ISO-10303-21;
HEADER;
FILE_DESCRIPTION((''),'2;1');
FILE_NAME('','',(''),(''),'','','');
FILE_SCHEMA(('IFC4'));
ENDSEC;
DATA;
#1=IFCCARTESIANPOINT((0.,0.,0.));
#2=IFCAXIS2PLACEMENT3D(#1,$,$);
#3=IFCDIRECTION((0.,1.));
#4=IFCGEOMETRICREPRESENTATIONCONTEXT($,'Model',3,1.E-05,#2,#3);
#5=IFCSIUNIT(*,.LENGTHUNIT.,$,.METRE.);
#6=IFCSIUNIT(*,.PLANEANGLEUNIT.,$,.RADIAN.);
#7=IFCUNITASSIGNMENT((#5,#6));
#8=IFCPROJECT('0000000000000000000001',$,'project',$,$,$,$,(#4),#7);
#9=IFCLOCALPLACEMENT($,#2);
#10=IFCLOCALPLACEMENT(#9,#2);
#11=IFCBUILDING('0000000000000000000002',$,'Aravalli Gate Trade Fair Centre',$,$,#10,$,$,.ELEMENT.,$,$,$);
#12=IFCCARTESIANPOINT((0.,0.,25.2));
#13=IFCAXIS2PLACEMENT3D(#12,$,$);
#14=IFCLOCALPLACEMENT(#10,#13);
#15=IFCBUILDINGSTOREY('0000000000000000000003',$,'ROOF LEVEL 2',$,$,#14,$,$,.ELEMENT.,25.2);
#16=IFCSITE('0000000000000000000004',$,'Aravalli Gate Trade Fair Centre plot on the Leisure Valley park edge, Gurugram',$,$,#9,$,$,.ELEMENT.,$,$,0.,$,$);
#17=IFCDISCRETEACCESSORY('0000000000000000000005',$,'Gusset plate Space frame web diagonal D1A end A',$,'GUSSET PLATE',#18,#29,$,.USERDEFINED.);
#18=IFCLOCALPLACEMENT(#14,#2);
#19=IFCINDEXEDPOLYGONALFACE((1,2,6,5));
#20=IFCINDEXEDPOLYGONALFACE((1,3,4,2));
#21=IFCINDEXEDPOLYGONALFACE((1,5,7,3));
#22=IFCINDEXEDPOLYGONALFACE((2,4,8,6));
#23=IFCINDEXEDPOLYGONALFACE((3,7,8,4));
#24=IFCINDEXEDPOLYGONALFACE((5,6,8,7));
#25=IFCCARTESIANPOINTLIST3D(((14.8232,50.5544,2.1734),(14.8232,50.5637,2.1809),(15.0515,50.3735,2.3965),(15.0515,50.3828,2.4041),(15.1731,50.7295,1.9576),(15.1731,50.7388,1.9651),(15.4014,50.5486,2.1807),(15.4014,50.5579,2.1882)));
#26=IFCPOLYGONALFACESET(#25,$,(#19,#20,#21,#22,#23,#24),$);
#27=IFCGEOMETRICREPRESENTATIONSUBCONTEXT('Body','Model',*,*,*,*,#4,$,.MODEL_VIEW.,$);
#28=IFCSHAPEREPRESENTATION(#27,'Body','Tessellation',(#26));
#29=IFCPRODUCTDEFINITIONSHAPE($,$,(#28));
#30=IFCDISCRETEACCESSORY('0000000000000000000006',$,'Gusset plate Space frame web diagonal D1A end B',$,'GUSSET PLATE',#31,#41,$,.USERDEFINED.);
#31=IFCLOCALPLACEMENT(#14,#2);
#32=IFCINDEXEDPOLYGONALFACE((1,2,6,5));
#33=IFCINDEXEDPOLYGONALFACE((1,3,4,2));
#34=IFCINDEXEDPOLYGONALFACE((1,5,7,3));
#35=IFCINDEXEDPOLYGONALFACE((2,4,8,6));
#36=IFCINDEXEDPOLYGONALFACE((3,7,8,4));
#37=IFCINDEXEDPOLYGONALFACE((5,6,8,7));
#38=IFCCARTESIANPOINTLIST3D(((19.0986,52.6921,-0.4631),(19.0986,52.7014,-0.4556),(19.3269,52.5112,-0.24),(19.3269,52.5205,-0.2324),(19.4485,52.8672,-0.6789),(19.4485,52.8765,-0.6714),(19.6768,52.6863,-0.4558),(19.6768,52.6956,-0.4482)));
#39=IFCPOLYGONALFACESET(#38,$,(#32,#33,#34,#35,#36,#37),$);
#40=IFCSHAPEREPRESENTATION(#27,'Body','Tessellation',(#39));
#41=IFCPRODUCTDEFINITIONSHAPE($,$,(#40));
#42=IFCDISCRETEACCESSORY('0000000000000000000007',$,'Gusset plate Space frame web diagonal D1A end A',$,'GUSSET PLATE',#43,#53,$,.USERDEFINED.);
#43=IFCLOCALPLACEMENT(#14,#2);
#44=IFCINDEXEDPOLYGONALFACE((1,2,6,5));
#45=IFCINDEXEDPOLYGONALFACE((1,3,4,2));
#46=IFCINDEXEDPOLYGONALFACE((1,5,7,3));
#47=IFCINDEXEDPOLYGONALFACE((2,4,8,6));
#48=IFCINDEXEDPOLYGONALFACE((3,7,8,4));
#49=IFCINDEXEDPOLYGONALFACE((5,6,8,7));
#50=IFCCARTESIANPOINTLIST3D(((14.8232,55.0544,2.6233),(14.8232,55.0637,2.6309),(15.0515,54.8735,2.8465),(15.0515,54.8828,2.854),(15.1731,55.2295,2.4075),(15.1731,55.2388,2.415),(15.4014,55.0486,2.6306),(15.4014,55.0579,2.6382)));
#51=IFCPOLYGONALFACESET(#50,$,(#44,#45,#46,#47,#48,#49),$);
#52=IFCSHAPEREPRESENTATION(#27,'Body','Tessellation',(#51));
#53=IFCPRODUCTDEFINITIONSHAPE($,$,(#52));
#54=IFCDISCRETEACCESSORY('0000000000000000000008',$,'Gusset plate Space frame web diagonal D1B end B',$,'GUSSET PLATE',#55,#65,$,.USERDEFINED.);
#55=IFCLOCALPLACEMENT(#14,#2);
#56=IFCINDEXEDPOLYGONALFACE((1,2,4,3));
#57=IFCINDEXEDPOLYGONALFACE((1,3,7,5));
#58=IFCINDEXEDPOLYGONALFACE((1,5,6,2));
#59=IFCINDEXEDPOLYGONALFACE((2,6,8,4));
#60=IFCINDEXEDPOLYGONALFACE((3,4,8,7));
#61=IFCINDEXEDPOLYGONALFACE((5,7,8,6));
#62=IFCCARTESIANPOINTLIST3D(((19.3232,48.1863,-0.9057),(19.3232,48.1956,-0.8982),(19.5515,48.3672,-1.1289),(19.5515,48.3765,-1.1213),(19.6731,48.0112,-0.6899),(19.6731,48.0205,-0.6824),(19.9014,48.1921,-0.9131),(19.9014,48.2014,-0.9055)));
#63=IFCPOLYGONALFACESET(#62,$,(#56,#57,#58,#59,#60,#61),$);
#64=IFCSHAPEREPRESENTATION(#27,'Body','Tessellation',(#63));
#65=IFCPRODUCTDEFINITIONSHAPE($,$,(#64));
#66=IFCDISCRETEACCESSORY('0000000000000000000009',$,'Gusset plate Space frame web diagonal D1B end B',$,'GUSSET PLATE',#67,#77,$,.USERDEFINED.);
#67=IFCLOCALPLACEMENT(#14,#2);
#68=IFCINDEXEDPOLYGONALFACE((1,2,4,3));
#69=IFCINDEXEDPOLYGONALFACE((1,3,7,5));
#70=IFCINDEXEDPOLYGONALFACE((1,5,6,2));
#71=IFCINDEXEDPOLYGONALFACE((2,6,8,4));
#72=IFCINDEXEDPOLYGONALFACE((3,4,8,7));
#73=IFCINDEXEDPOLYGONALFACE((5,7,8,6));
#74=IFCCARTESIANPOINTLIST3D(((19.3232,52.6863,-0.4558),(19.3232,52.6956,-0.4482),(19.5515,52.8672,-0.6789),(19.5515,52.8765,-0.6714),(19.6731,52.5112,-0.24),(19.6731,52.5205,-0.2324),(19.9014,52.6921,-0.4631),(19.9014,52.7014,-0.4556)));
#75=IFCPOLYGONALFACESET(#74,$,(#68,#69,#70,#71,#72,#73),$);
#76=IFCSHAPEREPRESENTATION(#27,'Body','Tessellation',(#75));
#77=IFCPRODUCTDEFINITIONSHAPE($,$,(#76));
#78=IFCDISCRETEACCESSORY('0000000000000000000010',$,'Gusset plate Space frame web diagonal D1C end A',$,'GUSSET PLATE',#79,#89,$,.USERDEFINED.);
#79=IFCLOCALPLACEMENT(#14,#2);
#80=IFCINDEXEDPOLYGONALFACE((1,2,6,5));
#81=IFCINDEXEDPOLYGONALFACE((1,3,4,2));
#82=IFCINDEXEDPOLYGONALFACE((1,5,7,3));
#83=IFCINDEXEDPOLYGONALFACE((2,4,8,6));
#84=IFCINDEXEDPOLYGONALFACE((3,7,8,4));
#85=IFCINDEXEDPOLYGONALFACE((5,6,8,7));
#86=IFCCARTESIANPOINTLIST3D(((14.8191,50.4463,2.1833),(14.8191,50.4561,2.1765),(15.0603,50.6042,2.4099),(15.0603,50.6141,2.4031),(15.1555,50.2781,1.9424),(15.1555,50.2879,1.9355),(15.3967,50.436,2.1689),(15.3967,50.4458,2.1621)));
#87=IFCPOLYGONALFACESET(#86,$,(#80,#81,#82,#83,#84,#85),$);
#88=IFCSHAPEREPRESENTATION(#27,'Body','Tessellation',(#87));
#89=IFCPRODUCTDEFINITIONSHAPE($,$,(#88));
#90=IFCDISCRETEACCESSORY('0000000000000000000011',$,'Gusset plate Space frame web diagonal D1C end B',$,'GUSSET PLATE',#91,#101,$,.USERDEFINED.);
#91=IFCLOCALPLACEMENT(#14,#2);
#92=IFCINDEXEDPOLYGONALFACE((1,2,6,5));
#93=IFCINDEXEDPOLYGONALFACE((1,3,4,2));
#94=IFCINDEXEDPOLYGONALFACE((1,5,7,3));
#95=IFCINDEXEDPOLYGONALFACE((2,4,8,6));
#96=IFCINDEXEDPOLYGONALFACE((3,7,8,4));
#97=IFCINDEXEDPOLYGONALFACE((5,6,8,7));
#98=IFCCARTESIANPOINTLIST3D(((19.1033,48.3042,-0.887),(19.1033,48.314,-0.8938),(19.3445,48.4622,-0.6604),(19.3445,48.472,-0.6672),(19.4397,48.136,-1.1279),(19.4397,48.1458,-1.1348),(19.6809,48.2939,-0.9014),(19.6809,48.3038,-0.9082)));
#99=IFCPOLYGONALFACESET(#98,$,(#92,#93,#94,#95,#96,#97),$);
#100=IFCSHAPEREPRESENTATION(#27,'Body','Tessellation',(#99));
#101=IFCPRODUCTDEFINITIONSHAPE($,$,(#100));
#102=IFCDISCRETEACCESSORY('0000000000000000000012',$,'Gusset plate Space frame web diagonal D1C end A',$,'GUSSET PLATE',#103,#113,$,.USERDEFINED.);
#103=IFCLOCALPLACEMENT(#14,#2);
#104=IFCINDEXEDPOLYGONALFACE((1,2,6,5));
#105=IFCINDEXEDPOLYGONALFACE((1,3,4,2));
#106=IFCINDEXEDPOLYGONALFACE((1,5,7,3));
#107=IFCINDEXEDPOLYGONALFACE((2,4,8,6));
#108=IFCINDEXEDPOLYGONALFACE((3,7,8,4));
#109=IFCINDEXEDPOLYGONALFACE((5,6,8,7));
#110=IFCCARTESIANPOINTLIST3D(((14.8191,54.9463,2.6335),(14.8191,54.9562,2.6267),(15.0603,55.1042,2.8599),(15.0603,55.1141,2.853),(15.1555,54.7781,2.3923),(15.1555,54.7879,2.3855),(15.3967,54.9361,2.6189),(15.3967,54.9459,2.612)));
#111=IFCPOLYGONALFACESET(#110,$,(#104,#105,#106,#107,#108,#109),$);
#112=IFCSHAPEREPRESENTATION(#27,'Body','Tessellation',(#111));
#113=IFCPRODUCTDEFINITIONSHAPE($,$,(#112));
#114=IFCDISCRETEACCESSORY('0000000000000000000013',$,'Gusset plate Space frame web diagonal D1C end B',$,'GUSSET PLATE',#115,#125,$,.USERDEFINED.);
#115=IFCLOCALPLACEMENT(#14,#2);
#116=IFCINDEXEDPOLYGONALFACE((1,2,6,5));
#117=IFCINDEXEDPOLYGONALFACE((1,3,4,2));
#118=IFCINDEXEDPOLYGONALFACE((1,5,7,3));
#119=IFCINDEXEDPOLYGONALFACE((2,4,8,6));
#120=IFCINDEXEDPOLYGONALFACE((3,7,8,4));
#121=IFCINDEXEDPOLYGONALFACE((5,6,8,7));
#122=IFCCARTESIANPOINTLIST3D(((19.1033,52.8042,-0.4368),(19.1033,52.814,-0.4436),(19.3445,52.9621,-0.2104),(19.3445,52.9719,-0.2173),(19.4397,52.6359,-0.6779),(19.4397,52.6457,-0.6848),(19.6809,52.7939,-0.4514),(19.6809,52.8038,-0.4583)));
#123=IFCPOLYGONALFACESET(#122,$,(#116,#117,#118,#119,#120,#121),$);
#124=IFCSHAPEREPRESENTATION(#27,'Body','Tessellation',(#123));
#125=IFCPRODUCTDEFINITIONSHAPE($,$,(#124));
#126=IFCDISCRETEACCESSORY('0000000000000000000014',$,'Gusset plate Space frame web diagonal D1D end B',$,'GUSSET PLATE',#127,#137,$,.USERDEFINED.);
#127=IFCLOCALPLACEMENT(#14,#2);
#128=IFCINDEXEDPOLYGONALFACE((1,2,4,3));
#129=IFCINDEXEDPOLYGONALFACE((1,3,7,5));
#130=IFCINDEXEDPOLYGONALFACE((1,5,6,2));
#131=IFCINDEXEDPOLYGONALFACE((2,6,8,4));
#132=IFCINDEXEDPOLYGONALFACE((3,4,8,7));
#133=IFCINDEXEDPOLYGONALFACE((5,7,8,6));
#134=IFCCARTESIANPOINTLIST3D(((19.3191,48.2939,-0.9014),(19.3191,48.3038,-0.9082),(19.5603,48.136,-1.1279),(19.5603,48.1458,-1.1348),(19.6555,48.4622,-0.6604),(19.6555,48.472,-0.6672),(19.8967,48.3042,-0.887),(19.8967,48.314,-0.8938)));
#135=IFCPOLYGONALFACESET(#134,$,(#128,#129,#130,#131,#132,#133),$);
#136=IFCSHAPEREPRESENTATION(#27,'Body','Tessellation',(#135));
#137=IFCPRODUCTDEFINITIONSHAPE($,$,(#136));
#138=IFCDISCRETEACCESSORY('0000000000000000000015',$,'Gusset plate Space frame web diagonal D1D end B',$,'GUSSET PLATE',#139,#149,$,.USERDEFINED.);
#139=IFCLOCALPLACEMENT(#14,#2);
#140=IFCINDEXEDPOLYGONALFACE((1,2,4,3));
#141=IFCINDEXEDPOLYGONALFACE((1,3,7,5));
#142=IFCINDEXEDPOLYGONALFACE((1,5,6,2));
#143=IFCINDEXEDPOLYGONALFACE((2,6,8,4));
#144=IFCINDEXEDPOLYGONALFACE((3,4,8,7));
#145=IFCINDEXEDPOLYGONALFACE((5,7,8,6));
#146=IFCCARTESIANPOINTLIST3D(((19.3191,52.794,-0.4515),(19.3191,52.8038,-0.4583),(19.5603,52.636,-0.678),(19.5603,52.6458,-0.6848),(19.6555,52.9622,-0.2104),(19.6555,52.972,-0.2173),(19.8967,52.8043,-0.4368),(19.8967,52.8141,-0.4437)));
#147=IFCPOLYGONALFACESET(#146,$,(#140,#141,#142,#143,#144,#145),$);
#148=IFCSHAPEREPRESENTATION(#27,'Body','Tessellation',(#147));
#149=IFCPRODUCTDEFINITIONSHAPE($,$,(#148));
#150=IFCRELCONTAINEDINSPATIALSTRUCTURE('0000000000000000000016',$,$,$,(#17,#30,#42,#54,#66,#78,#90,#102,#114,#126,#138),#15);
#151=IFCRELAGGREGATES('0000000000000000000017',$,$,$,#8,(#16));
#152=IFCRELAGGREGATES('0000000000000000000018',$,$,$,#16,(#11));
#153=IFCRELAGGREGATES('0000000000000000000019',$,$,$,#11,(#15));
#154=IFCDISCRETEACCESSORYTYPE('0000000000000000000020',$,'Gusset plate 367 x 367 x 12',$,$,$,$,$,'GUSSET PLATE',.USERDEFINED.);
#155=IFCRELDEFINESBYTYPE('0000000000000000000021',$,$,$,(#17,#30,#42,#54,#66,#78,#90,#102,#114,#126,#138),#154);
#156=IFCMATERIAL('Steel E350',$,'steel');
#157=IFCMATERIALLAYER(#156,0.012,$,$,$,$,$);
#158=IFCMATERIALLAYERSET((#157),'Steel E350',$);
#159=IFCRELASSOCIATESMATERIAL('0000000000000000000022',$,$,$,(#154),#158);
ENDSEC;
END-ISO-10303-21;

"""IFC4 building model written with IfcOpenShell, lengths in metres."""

from ifc_helpers import new_model, si_unit, direction, frame, origin, place, context, subcontext, project, spatial, polyline, outline, extrude, material, layer, layer_set, type_object, element, save


model = new_model("IFC4")

# Units and contexts
model_context = context("Model", 3, precision=1e-05, world=origin(), true_north=direction((0.0, 1.0)))
body_context = subcontext(model_context, "Body", "Model", "MODEL_VIEW")
ifc_project = project(units=[si_unit("LENGTHUNIT", "METRE"), si_unit("PLANEANGLEUNIT", "RADIAN")], contexts=[model_context])

# Site, building, storey
site_placement = place(None, origin())
site = spatial("IfcSite", under=ifc_project, at=site_placement, Name="Aravalli Gate Trade Fair Centre plot on the Leisure Valley park edge, Gurugram", CompositionType="ELEMENT", RefElevation=0.0)
building_placement = place(site_placement, origin())
building = spatial("IfcBuilding", under=site, at=building_placement, Name="Aravalli Gate Trade Fair Centre", CompositionType="ELEMENT")
storey_placement = place(building_placement, frame((0.0, 0.0, 25.2)))
storey = spatial("IfcBuildingStorey", under=building, at=storey_placement, Name="ROOF LEVEL 2", CompositionType="ELEMENT", Elevation=25.2)

# Shared definitions
ifc_material = material(Name="Steel E350", Category="steel")

# Discrete accessories
ifc_layer = layer(ifc_material, 0.012)
ifc_layer_set = layer_set([ifc_layer], Name="Steel E350")
discrete_accessory_type = type_object("IfcDiscreteAccessoryType", Name="Gusset plate 367 x 367 x 12", ElementType="GUSSET PLATE", PredefinedType="USERDEFINED", material=ifc_layer_set)
discrete_accessory_1_placement = place(storey_placement, frame((15.1731, 50.7388, 1.9651), z_axis=(-0.000107, 0.776736, 0.629826), x_axis=(-0.783044, -0.391795, 0.48305)))
element("IfcDiscreteAccessory", 1, at=discrete_accessory_1_placement, inside=storey, type_object=discrete_accessory_type, Name="Gusset plate Space frame web diagonal D1A end A", ObjectType="GUSSET PLATE", PredefinedType="USERDEFINED", context=body_context, shape_type="SweptSolid", body=[
    extrude(outline(polyline([(0.0, 0.0), (0.4468, 0.0), (0.4467, 0.3669), (-0.0001, 0.3669), (0.0, 0.0)])), origin(), (0.0, 0.0, -1.0), 0.012),
])
discrete_accessory_2_placement = place(storey_placement, frame((19.0986, 52.7014, -0.4556), z_axis=(-0.000107, 0.776736, 0.629826), x_axis=(0.783044, 0.391795, -0.48305)))
element("IfcDiscreteAccessory", 2, at=discrete_accessory_2_placement, inside=storey, type_object=discrete_accessory_type, Name="Gusset plate Space frame web diagonal D1A end B", ObjectType="GUSSET PLATE", PredefinedType="USERDEFINED", context=body_context, shape_type="SweptSolid", body=[
    extrude(outline(polyline([(0.0, 0.0), (0.4468, 0.0), (0.4469, -0.3669), (0.0001, -0.3669), (0.0, 0.0)])), origin(), (0.0, 0.0, -1.0), 0.012),
])
discrete_accessory_3_placement = place(storey_placement, frame((15.1731, 55.2388, 2.415), z_axis=(-0.000107, 0.776736, 0.629826), x_axis=(-0.783044, -0.391795, 0.48305)))
element("IfcDiscreteAccessory", 3, at=discrete_accessory_3_placement, inside=storey, type_object=discrete_accessory_type, Name="Gusset plate Space frame web diagonal D1A end A", ObjectType="GUSSET PLATE", PredefinedType="USERDEFINED", context=body_context, shape_type="SweptSolid", body=[
    extrude(outline(polyline([(0.0, 0.0), (0.4468, 0.0), (0.4467, 0.3669), (-0.0001, 0.3669), (0.0, 0.0)])), origin(), (0.0, 0.0, -1.0), 0.012),
])
for number, where, z_axis, x_axis, name in (
    (4, (19.6731, 48.0205, -0.6824), (0.000107, 0.776736, 0.629826), (-0.783044, 0.391795, -0.48305), "Gusset plate Space frame web diagonal D1B end B"),
    (5, (19.6731, 52.5205, -0.2324), (0.000107, 0.776736, 0.629826), (-0.783044, 0.391795, -0.48305), "Gusset plate Space frame web diagonal D1B end B"),
):
    element("IfcDiscreteAccessory", number, at=place(storey_placement, frame(where, z_axis=z_axis, x_axis=x_axis)), inside=storey, type_object=discrete_accessory_type, Name=name, ObjectType="GUSSET PLATE", PredefinedType="USERDEFINED", context=body_context, shape_type="SweptSolid", body=[
        extrude(outline(polyline([(0.0, 0.0), (0.4468, 0.0), (0.4467, -0.3669), (-0.0001, -0.3669), (0.0, 0.0)])), origin(), (0.0, 0.0, -1.0), 0.012),
    ])
discrete_accessory_4_placement = place(storey_placement, frame((15.1555, 50.2781, 1.9424), z_axis=(-0.000292, -0.820164, 0.572128), x_axis=(-0.753132, 0.376566, 0.539435)))
element("IfcDiscreteAccessory", 6, at=discrete_accessory_4_placement, inside=storey, type_object=discrete_accessory_type, Name="Gusset plate Space frame web diagonal D1C end A", ObjectType="GUSSET PLATE", PredefinedType="USERDEFINED", context=body_context, shape_type="SweptSolid", body=[
    extrude(outline(polyline([(0.0, 0.0), (0.4467, 0.0), (0.4467, -0.3667), (0.0, -0.3667), (0.0, 0.0)])), origin(), (0.0, 0.0, -1.0), 0.012),
])
discrete_accessory_5_placement = place(storey_placement, frame((19.1033, 48.3042, -0.887), z_axis=(-0.000292, -0.820164, 0.572128), x_axis=(0.753132, -0.376566, -0.539435)))
element("IfcDiscreteAccessory", 7, at=discrete_accessory_5_placement, inside=storey, type_object=discrete_accessory_type, Name="Gusset plate Space frame web diagonal D1C end B", ObjectType="GUSSET PLATE", PredefinedType="USERDEFINED", context=body_context, shape_type="SweptSolid", body=[
    extrude(outline(polyline([(0.0, 0.0), (0.4467, 0.0), (0.4467, 0.3667), (0.0, 0.3667), (0.0, 0.0)])), origin(), (0.0, 0.0, -1.0), 0.012),
])
discrete_accessory_6_placement = place(storey_placement, frame((15.1555, 54.7781, 2.3923), z_axis=(-0.000049, -0.820141, 0.572161), x_axis=(-0.75291, 0.376583, 0.539733)))
element("IfcDiscreteAccessory", 8, at=discrete_accessory_6_placement, inside=storey, type_object=discrete_accessory_type, Name="Gusset plate Space frame web diagonal D1C end A", ObjectType="GUSSET PLATE", PredefinedType="USERDEFINED", context=body_context, shape_type="SweptSolid", body=[
    extrude(outline(polyline([(0.0, 0.0), (0.4468, 0.0), (0.4469, -0.3665), (0.0002, -0.3667), (0.0, 0.0)])), origin(), (0.0, 0.0, -1.0), 0.012),
])
discrete_accessory_7_placement = place(storey_placement, frame((19.1033, 52.8042, -0.4368), z_axis=(-0.000049, -0.820141, 0.572161), x_axis=(0.75291, -0.376583, -0.539733)))
element("IfcDiscreteAccessory", 9, at=discrete_accessory_7_placement, inside=storey, type_object=discrete_accessory_type, Name="Gusset plate Space frame web diagonal D1C end B", ObjectType="GUSSET PLATE", PredefinedType="USERDEFINED", context=body_context, shape_type="SweptSolid", body=[
    extrude(outline(polyline([(0.0, 0.0), (0.4468, 0.0), (0.4467, 0.3667), (0.0, 0.3665), (0.0, 0.0)])), origin(), (0.0, 0.0, -1.0), 0.012),
])
discrete_accessory_8_placement = place(storey_placement, frame((19.6555, 48.4622, -0.6604), z_axis=(0.000292, -0.820164, 0.572128), x_axis=(-0.753132, -0.376566, -0.539435)))
element("IfcDiscreteAccessory", 10, at=discrete_accessory_8_placement, inside=storey, type_object=discrete_accessory_type, Name="Gusset plate Space frame web diagonal D1D end B", ObjectType="GUSSET PLATE", PredefinedType="USERDEFINED", context=body_context, shape_type="SweptSolid", body=[
    extrude(outline(polyline([(0.0, 0.0), (0.4467, 0.0), (0.4467, 0.3667), (0.0, 0.3667), (0.0, 0.0)])), origin(), (0.0, 0.0, -1.0), 0.012),
])
discrete_accessory_9_placement = place(storey_placement, frame((19.6555, 52.9622, -0.2104), z_axis=(0.000049, -0.820141, 0.572161), x_axis=(-0.753132, -0.376438, -0.539524)))
element("IfcDiscreteAccessory", 11, at=discrete_accessory_9_placement, inside=storey, type_object=discrete_accessory_type, Name="Gusset plate Space frame web diagonal D1D end B", ObjectType="GUSSET PLATE", PredefinedType="USERDEFINED", context=body_context, shape_type="SweptSolid", body=[
    extrude(outline(polyline([(0.0, 0.0), (0.4467, 0.0), (0.4467, 0.3667), (-0.0001, 0.3665), (0.0, 0.0)])), origin(), (0.0, 0.0, -1.0), 0.012),
])

save(model, "model.ifc")
